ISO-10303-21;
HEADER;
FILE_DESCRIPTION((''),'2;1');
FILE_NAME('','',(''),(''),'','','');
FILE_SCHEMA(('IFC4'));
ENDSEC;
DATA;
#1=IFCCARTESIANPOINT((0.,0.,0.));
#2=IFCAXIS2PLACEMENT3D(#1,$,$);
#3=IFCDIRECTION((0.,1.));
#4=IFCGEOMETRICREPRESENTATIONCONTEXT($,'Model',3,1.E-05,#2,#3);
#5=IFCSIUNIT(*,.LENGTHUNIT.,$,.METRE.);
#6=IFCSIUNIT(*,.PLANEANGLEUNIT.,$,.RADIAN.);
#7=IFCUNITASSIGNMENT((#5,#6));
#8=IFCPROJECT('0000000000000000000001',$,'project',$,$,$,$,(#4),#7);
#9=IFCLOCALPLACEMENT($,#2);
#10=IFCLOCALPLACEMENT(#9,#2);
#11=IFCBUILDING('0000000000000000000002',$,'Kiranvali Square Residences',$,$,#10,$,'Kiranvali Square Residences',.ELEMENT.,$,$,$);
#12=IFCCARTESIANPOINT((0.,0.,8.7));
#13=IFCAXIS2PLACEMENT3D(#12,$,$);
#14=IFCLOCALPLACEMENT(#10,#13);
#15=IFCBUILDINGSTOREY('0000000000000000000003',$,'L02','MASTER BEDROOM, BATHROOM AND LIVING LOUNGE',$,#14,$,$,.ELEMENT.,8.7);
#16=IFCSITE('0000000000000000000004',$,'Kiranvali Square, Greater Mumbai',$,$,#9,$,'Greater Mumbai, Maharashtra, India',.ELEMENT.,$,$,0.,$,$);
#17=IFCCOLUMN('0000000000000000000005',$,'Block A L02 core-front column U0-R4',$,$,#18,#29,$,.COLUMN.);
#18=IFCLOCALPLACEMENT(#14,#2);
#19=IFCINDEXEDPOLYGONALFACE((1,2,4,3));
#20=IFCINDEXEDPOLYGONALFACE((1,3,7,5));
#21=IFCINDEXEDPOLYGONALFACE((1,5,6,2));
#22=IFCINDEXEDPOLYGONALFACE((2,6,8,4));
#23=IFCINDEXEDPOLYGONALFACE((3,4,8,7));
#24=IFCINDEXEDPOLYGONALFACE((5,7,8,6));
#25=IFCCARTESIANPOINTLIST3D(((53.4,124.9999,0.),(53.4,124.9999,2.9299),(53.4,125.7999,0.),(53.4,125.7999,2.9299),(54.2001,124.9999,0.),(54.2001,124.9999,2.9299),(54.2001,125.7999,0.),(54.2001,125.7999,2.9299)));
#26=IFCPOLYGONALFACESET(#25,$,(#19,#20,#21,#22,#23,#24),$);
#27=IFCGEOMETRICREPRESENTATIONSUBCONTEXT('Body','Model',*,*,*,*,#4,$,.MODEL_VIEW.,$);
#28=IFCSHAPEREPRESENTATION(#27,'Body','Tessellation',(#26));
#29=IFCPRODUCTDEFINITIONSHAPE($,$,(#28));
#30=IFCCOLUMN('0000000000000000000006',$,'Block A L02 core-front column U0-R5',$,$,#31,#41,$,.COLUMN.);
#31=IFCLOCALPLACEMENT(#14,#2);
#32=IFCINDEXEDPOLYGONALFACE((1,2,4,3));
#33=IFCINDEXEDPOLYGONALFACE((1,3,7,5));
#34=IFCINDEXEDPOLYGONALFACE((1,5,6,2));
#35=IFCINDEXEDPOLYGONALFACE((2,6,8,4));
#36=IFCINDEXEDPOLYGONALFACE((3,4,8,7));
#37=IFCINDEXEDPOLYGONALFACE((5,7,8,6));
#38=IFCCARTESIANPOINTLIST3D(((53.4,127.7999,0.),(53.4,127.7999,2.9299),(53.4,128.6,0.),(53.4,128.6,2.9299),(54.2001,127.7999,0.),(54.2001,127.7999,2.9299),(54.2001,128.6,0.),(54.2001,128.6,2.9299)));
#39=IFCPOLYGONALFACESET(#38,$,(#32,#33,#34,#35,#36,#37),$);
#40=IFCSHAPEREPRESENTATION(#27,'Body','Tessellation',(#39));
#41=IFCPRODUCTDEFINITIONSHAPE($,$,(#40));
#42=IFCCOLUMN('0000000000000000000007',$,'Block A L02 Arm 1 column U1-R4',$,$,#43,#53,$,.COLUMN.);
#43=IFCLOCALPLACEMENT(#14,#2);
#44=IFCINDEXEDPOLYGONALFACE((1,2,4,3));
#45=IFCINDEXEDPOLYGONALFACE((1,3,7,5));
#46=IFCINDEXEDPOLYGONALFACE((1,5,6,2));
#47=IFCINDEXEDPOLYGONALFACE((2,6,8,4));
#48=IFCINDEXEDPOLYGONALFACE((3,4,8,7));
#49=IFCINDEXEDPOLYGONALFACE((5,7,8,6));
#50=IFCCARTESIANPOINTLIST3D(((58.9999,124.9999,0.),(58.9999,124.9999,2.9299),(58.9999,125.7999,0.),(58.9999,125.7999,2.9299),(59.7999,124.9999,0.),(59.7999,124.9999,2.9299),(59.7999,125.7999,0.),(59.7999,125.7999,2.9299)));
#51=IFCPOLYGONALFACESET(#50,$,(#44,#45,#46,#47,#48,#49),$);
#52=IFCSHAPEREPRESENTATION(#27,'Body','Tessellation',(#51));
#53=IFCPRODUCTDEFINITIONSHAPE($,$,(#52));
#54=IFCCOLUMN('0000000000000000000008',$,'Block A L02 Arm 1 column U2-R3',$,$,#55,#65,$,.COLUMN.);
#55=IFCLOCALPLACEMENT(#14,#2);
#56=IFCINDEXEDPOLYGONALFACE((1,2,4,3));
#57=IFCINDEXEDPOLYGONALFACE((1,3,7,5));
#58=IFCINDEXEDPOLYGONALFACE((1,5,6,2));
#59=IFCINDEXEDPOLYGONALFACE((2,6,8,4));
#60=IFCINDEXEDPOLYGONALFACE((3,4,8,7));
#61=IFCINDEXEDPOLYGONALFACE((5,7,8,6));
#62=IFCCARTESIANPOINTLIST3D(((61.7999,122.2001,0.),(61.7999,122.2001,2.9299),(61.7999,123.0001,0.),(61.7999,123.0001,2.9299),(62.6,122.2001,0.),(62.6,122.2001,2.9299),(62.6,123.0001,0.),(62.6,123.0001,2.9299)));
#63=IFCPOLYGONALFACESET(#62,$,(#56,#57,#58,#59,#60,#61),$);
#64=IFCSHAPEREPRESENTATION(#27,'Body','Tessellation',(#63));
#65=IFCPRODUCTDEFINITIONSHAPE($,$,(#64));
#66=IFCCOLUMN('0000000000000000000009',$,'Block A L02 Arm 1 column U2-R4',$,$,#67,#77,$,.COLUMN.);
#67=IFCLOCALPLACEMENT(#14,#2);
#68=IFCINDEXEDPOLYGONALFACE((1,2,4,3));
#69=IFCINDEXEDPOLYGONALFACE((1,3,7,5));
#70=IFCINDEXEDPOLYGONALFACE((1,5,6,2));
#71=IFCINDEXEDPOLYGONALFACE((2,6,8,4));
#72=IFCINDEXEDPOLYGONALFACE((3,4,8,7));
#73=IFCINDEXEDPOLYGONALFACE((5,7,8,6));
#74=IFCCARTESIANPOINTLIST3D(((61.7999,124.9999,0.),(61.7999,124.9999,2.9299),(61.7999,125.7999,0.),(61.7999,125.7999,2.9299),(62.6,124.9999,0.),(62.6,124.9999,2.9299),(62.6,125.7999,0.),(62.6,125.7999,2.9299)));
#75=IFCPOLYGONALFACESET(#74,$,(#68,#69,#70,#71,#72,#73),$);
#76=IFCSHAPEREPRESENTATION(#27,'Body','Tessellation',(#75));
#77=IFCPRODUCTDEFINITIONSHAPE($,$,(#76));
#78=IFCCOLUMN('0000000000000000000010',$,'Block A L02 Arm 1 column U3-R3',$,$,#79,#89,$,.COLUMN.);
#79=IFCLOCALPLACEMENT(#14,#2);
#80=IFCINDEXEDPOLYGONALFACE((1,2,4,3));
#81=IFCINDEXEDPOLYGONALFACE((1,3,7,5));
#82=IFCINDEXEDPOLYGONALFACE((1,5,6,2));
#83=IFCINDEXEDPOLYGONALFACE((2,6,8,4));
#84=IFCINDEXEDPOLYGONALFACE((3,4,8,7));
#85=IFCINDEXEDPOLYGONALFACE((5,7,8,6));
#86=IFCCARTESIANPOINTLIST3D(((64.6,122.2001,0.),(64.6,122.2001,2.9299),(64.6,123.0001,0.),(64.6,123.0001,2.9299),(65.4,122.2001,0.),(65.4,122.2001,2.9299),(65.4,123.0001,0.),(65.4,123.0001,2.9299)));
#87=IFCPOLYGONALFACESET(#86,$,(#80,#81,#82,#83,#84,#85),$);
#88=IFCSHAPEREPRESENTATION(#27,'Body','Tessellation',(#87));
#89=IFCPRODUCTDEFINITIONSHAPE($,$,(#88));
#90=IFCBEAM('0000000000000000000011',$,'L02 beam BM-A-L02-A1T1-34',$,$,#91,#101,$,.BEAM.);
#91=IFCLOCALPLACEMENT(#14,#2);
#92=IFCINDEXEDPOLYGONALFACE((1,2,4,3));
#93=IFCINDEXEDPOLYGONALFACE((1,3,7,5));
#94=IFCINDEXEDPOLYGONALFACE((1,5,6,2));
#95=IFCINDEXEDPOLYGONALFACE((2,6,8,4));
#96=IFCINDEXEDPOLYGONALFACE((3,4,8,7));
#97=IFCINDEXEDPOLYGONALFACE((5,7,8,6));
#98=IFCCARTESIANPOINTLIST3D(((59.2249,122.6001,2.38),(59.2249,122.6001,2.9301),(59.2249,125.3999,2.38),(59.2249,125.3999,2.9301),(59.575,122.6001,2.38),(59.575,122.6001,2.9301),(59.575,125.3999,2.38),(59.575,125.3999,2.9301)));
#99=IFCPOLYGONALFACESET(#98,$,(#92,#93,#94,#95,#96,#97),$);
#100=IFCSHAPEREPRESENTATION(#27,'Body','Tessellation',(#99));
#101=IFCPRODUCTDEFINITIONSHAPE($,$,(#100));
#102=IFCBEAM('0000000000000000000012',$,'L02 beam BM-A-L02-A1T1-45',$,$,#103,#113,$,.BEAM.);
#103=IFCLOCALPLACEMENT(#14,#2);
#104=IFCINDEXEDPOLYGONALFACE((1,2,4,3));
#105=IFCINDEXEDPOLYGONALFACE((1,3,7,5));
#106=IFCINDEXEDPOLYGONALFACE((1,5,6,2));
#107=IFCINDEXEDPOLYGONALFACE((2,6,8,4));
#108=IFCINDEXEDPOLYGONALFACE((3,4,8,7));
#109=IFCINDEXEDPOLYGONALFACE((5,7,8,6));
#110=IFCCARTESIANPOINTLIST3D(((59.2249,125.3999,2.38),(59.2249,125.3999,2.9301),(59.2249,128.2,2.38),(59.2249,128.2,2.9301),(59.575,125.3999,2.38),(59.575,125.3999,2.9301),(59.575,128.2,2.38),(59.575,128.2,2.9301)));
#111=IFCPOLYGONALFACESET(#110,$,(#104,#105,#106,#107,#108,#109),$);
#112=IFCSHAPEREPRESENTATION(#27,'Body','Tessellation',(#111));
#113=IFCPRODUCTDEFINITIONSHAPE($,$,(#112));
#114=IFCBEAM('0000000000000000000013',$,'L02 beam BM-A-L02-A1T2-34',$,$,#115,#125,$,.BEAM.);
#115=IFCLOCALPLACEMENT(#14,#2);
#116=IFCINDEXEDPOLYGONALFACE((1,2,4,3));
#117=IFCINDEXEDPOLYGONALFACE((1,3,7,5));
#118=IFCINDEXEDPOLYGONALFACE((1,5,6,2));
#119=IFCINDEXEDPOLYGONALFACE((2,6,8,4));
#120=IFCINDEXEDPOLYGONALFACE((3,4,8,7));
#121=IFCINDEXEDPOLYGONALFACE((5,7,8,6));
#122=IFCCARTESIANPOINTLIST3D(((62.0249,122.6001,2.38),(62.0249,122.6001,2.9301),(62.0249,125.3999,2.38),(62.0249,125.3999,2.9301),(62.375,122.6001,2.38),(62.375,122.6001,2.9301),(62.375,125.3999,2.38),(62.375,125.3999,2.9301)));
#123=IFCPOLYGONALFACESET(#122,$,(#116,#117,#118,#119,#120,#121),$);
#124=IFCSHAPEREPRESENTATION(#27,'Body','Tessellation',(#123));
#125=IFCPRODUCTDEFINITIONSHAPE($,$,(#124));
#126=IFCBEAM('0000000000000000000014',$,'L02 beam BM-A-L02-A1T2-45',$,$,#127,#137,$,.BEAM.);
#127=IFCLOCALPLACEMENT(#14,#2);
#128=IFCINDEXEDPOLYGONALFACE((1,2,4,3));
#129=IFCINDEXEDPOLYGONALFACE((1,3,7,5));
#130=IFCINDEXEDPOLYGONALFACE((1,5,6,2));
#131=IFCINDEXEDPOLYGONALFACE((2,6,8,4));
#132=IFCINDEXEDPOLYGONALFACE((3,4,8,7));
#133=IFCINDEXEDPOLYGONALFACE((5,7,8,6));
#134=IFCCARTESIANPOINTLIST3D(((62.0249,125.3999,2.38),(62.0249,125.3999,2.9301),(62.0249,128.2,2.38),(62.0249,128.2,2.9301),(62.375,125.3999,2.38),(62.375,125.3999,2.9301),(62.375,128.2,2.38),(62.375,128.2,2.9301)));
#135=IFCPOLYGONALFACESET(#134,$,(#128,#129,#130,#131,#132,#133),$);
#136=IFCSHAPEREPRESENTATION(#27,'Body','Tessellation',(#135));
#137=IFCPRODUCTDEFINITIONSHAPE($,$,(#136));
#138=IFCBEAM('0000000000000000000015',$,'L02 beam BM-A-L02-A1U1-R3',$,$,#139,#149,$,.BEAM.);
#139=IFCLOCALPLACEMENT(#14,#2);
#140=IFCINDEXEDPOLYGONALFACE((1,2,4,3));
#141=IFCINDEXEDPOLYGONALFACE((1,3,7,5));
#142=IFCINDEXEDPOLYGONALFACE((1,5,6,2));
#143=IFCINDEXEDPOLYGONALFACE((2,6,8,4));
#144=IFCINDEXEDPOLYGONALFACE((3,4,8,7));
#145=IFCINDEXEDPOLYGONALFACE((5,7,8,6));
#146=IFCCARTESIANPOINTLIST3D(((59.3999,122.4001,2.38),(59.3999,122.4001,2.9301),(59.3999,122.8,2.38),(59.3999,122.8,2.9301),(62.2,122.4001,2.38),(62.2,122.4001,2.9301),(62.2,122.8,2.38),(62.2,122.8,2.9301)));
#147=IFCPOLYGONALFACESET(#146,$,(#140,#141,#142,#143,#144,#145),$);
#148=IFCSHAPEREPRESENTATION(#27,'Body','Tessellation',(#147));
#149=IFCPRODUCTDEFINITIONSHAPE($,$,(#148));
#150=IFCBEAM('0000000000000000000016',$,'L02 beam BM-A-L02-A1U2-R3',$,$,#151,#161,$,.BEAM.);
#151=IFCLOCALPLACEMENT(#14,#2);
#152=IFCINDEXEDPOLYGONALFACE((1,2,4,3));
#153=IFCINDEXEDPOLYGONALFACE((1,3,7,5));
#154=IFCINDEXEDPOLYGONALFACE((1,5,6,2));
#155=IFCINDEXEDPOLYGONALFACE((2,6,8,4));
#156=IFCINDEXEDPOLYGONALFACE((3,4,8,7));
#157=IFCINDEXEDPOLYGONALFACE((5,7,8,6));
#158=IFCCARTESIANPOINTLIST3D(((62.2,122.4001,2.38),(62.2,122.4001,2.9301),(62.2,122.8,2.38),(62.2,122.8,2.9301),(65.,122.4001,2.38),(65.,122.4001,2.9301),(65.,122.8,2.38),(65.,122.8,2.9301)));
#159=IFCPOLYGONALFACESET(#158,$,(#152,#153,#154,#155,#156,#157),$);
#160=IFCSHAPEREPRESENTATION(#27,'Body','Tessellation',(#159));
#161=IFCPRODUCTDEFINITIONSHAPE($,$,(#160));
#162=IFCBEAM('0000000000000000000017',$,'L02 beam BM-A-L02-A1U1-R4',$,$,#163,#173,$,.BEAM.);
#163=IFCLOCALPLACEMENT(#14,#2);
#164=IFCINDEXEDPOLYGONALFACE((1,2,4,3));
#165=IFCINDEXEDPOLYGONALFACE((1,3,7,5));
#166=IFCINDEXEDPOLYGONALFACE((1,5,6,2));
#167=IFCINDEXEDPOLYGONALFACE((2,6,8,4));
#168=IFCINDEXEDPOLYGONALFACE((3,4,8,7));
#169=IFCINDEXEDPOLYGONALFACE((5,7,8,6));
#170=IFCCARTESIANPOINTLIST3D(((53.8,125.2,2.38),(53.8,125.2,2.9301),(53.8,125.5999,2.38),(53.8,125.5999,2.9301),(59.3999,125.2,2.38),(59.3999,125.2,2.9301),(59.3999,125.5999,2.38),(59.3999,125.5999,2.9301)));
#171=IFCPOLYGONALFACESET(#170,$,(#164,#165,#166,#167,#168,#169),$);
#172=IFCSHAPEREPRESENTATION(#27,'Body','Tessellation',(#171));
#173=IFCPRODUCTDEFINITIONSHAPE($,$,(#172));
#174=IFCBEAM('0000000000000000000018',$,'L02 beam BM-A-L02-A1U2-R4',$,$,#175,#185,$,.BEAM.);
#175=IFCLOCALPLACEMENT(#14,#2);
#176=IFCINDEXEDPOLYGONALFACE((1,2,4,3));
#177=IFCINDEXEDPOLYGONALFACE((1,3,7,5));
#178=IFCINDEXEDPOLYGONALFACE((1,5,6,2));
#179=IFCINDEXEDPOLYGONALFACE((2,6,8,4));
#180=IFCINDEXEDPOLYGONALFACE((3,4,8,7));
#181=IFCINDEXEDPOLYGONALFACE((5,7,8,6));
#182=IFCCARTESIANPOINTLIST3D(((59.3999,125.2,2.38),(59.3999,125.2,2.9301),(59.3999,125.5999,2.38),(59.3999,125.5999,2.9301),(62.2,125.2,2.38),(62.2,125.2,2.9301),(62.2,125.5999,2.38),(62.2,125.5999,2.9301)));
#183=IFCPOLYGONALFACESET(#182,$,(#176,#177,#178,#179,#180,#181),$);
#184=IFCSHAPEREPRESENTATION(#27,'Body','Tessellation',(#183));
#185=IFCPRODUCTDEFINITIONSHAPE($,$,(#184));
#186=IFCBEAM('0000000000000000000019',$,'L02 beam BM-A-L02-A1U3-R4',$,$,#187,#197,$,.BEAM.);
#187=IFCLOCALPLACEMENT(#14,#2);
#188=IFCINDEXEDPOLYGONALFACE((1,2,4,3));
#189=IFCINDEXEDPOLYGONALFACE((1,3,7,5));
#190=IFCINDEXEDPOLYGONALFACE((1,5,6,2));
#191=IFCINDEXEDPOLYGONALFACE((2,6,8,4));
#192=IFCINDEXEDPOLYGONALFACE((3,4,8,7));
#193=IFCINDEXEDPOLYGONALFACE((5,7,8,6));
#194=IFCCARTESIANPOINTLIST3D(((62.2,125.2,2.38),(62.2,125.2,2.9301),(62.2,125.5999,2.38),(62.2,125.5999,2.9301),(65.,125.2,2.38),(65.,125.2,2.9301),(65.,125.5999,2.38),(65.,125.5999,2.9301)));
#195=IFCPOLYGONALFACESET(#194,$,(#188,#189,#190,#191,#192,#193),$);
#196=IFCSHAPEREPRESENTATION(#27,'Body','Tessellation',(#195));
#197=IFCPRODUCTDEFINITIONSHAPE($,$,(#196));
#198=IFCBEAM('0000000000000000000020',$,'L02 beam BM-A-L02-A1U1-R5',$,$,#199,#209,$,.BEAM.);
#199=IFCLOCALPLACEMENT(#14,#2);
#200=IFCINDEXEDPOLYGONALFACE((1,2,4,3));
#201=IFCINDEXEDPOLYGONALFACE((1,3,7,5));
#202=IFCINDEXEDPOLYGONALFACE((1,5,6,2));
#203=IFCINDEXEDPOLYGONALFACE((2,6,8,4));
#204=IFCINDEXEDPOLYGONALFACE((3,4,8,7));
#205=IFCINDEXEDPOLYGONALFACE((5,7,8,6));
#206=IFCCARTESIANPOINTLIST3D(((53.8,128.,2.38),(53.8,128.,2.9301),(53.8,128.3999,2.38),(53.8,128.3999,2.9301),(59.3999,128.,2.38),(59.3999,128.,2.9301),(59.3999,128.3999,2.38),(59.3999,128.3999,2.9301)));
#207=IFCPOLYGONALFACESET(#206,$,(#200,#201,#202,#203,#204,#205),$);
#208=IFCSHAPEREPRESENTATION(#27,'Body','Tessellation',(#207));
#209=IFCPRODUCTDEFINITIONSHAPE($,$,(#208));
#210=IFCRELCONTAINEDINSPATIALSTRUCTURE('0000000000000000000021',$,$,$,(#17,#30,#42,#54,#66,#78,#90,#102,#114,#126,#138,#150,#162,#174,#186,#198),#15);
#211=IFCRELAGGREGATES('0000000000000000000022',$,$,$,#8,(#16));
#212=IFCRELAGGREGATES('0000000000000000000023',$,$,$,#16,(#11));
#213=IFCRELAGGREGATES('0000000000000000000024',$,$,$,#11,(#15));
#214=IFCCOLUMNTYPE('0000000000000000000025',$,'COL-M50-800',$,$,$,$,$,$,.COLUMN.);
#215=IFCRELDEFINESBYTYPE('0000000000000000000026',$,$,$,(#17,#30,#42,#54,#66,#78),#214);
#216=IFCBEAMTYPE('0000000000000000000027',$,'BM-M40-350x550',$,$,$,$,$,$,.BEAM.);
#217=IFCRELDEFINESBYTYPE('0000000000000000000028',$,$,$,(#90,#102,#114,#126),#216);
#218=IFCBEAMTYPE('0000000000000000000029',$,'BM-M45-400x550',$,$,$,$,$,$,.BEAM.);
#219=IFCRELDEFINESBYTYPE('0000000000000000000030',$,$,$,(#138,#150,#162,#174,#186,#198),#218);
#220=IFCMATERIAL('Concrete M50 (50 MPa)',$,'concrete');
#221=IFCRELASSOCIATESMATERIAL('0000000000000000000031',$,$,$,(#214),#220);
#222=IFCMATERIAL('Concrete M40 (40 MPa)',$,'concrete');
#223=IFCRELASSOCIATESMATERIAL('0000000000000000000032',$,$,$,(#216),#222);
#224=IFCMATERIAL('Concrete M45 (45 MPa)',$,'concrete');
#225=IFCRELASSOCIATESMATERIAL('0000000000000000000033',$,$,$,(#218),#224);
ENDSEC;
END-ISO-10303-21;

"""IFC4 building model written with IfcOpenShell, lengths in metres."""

from ifc_helpers import new_model, si_unit, direction, frame, origin, origin_2d, place, context, subcontext, project, spatial, rectangle, extrude, material, material_profile, profile_set, type_object, element, save


model = new_model("IFC4")

# Units and contexts
model_context = context("Model", 3, precision=1e-05, world=origin(), true_north=direction((0.0, 1.0)))
body_context = subcontext(model_context, "Body", "Model", "MODEL_VIEW")
ifc_project = project(units=[si_unit("LENGTHUNIT", "METRE"), si_unit("PLANEANGLEUNIT", "RADIAN")], contexts=[model_context])

# Site, building, storey
site_placement = place(None, origin())
site = spatial("IfcSite", under=ifc_project, at=site_placement, Name="Kiranvali Square, Greater Mumbai", LongName="Greater Mumbai, Maharashtra, India", CompositionType="ELEMENT", RefElevation=0.0)
building_placement = place(site_placement, origin())
building = spatial("IfcBuilding", under=site, at=building_placement, Name="Kiranvali Square Residences", LongName="Kiranvali Square Residences", CompositionType="ELEMENT")
storey_placement = place(building_placement, frame((0.0, 0.0, 8.7)))
storey = spatial("IfcBuildingStorey", under=building, at=storey_placement, Name="L02", Description="MASTER BEDROOM, BATHROOM AND LIVING LOUNGE", CompositionType="ELEMENT", Elevation=8.7)

# Columns
ifc_material_1 = material(Name="Concrete M50 (50 MPa)", Category="concrete")
ifc_material_profile_1 = material_profile(ifc_material_1, rectangle(XDim=0.8, YDim=0.8, at=origin_2d()), Name="RC 800x800")
ifc_profile_set_1 = profile_set([ifc_material_profile_1], Name="Concrete M50 (50 MPa)")
column_type = type_object("IfcColumnType", Name="COL-M50-800", PredefinedType="COLUMN", material=ifc_profile_set_1)
for number, where, z_axis, x_axis, name in (
    (1, (53.8, 125.3999, 0.0), (0.0, 0.0, 1.0), (1.0, 0.0, 0.0), "Block A L02 core-front column U0-R4"),
    (2, (53.8, 128.2, 0.0), (0.0, 0.0, 1.0), (1.0, 0.0, 0.0), "Block A L02 core-front column U0-R5"),
    (3, (59.3999, 125.3999, 0.0), (0.0, 0.0, 1.0), (1.0, 0.0, 0.0), "Block A L02 Arm 1 column U1-R4"),
    (4, (62.2, 122.6001, 0.0), (0.0, 0.0, 1.0), (1.0, 0.0, 0.0), "Block A L02 Arm 1 column U2-R3"),
    (5, (62.2, 125.3999, 0.0), (0.0, 0.0, 1.0), (1.0, 0.0, 0.0), "Block A L02 Arm 1 column U2-R4"),
    (6, (65.0, 122.6001, 0.0), (0.0, 0.0, 1.0), (1.0, 0.0, 0.0), "Block A L02 Arm 1 column U3-R3"),
):
    element("IfcColumn", number, at=place(storey_placement, frame(where, z_axis=z_axis, x_axis=x_axis)), inside=storey, type_object=column_type, Name=name, PredefinedType="COLUMN", context=body_context, shape_type="SweptSolid", body=[
        extrude(rectangle(XDim=0.8, YDim=0.8, at=origin_2d()), origin(), (0.0, 0.0, 1.0), 2.9299),
    ])

# Beams
ifc_material_2 = material(Name="Concrete M40 (40 MPa)", Category="concrete")
ifc_material_profile_2 = material_profile(ifc_material_2, rectangle(XDim=0.3501, YDim=0.55, at=origin_2d()), Name="RC 350x550")
ifc_profile_set_2 = profile_set([ifc_material_profile_2], Name="Concrete M40 (40 MPa)")
beam_type_1 = type_object("IfcBeamType", Name="BM-M40-350x550", PredefinedType="BEAM", material=ifc_profile_set_2)
beam_1_placement = place(storey_placement, frame((59.3999, 122.6001, 2.655), z_axis=(0.0, 1.0, 0.0), x_axis=(-1.0, 0.0, 0.0)))
element("IfcBeam", 7, at=beam_1_placement, inside=storey, type_object=beam_type_1, Name="L02 beam BM-A-L02-A1T1-34", PredefinedType="BEAM", context=body_context, shape_type="SweptSolid", body=[
    extrude(rectangle(XDim=0.3501, YDim=0.55, at=origin_2d()), origin(), (0.0, 0.0, 1.0), 2.7998),
])
beam_2_placement = place(storey_placement, frame((59.3999, 125.3999, 2.655), z_axis=(0.0, 1.0, 0.0), x_axis=(-1.0, 0.0, 0.0)))
element("IfcBeam", 8, at=beam_2_placement, inside=storey, type_object=beam_type_1, Name="L02 beam BM-A-L02-A1T1-45", PredefinedType="BEAM", context=body_context, shape_type="SweptSolid", body=[
    extrude(rectangle(XDim=0.3501, YDim=0.55, at=origin_2d()), origin(), (0.0, 0.0, 1.0), 2.8),
])
beam_3_placement = place(storey_placement, frame((62.2, 122.6001, 2.655), z_axis=(0.0, 1.0, 0.0), x_axis=(-1.0, 0.0, 0.0)))
element("IfcBeam", 9, at=beam_3_placement, inside=storey, type_object=beam_type_1, Name="L02 beam BM-A-L02-A1T2-34", PredefinedType="BEAM", context=body_context, shape_type="SweptSolid", body=[
    extrude(rectangle(XDim=0.3501, YDim=0.55, at=origin_2d()), origin(), (0.0, 0.0, 1.0), 2.7998),
])
beam_4_placement = place(storey_placement, frame((62.2, 125.3999, 2.655), z_axis=(0.0, 1.0, 0.0), x_axis=(-1.0, 0.0, 0.0)))
element("IfcBeam", 10, at=beam_4_placement, inside=storey, type_object=beam_type_1, Name="L02 beam BM-A-L02-A1T2-45", PredefinedType="BEAM", context=body_context, shape_type="SweptSolid", body=[
    extrude(rectangle(XDim=0.3501, YDim=0.55, at=origin_2d()), origin(), (0.0, 0.0, 1.0), 2.8),
])
ifc_material_3 = material(Name="Concrete M45 (45 MPa)", Category="concrete")
ifc_material_profile_3 = material_profile(ifc_material_3, rectangle(XDim=0.3999, YDim=0.55, at=origin_2d()), Name="RC 400x550")
ifc_profile_set_3 = profile_set([ifc_material_profile_3], Name="Concrete M45 (45 MPa)")
beam_type_2 = type_object("IfcBeamType", Name="BM-M45-400x550", PredefinedType="BEAM", material=ifc_profile_set_3)
for number, where, z_axis, x_axis, name in (
    (11, (59.3999, 122.6001, 2.655), (1.0, 0.0, 0.0), (0.0, 1.0, 0.0), "L02 beam BM-A-L02-A1U1-R3"),
    (12, (62.2, 122.6001, 2.655), (1.0, 0.0, 0.0), (0.0, 1.0, 0.0), "L02 beam BM-A-L02-A1U2-R3"),
):
    element("IfcBeam", number, at=place(storey_placement, frame(where, z_axis=z_axis, x_axis=x_axis)), inside=storey, type_object=beam_type_2, Name=name, PredefinedType="BEAM", context=body_context, shape_type="SweptSolid", body=[
        extrude(rectangle(XDim=0.3999, YDim=0.55, at=origin_2d()), origin(), (0.0, 0.0, 1.0), 2.8),
    ])
beam_5_placement = place(storey_placement, frame((53.8, 125.3999, 2.655), z_axis=(1.0, 0.0, 0.0), x_axis=(0.0, 1.0, 0.0)))
element("IfcBeam", 13, at=beam_5_placement, inside=storey, type_object=beam_type_2, Name="L02 beam BM-A-L02-A1U1-R4", PredefinedType="BEAM", context=body_context, shape_type="SweptSolid", body=[
    extrude(rectangle(XDim=0.3999, YDim=0.55, at=origin_2d()), origin(), (0.0, 0.0, 1.0), 5.5999),
])
for number, where, z_axis, x_axis, name in (
    (14, (59.3999, 125.3999, 2.655), (1.0, 0.0, 0.0), (0.0, 1.0, 0.0), "L02 beam BM-A-L02-A1U2-R4"),
    (15, (62.2, 125.3999, 2.655), (1.0, 0.0, 0.0), (0.0, 1.0, 0.0), "L02 beam BM-A-L02-A1U3-R4"),
):
    element("IfcBeam", number, at=place(storey_placement, frame(where, z_axis=z_axis, x_axis=x_axis)), inside=storey, type_object=beam_type_2, Name=name, PredefinedType="BEAM", context=body_context, shape_type="SweptSolid", body=[
        extrude(rectangle(XDim=0.3999, YDim=0.55, at=origin_2d()), origin(), (0.0, 0.0, 1.0), 2.8),
    ])
beam_6_placement = place(storey_placement, frame((53.8, 128.2, 2.655), z_axis=(1.0, 0.0, 0.0), x_axis=(0.0, 1.0, 0.0)))
element("IfcBeam", 16, at=beam_6_placement, inside=storey, type_object=beam_type_2, Name="L02 beam BM-A-L02-A1U1-R5", PredefinedType="BEAM", context=body_context, shape_type="SweptSolid", body=[
    extrude(rectangle(XDim=0.3999, YDim=0.55, at=origin_2d()), origin(), (0.0, 0.0, 1.0), 5.5999),
])

save(model, "model.ifc")
